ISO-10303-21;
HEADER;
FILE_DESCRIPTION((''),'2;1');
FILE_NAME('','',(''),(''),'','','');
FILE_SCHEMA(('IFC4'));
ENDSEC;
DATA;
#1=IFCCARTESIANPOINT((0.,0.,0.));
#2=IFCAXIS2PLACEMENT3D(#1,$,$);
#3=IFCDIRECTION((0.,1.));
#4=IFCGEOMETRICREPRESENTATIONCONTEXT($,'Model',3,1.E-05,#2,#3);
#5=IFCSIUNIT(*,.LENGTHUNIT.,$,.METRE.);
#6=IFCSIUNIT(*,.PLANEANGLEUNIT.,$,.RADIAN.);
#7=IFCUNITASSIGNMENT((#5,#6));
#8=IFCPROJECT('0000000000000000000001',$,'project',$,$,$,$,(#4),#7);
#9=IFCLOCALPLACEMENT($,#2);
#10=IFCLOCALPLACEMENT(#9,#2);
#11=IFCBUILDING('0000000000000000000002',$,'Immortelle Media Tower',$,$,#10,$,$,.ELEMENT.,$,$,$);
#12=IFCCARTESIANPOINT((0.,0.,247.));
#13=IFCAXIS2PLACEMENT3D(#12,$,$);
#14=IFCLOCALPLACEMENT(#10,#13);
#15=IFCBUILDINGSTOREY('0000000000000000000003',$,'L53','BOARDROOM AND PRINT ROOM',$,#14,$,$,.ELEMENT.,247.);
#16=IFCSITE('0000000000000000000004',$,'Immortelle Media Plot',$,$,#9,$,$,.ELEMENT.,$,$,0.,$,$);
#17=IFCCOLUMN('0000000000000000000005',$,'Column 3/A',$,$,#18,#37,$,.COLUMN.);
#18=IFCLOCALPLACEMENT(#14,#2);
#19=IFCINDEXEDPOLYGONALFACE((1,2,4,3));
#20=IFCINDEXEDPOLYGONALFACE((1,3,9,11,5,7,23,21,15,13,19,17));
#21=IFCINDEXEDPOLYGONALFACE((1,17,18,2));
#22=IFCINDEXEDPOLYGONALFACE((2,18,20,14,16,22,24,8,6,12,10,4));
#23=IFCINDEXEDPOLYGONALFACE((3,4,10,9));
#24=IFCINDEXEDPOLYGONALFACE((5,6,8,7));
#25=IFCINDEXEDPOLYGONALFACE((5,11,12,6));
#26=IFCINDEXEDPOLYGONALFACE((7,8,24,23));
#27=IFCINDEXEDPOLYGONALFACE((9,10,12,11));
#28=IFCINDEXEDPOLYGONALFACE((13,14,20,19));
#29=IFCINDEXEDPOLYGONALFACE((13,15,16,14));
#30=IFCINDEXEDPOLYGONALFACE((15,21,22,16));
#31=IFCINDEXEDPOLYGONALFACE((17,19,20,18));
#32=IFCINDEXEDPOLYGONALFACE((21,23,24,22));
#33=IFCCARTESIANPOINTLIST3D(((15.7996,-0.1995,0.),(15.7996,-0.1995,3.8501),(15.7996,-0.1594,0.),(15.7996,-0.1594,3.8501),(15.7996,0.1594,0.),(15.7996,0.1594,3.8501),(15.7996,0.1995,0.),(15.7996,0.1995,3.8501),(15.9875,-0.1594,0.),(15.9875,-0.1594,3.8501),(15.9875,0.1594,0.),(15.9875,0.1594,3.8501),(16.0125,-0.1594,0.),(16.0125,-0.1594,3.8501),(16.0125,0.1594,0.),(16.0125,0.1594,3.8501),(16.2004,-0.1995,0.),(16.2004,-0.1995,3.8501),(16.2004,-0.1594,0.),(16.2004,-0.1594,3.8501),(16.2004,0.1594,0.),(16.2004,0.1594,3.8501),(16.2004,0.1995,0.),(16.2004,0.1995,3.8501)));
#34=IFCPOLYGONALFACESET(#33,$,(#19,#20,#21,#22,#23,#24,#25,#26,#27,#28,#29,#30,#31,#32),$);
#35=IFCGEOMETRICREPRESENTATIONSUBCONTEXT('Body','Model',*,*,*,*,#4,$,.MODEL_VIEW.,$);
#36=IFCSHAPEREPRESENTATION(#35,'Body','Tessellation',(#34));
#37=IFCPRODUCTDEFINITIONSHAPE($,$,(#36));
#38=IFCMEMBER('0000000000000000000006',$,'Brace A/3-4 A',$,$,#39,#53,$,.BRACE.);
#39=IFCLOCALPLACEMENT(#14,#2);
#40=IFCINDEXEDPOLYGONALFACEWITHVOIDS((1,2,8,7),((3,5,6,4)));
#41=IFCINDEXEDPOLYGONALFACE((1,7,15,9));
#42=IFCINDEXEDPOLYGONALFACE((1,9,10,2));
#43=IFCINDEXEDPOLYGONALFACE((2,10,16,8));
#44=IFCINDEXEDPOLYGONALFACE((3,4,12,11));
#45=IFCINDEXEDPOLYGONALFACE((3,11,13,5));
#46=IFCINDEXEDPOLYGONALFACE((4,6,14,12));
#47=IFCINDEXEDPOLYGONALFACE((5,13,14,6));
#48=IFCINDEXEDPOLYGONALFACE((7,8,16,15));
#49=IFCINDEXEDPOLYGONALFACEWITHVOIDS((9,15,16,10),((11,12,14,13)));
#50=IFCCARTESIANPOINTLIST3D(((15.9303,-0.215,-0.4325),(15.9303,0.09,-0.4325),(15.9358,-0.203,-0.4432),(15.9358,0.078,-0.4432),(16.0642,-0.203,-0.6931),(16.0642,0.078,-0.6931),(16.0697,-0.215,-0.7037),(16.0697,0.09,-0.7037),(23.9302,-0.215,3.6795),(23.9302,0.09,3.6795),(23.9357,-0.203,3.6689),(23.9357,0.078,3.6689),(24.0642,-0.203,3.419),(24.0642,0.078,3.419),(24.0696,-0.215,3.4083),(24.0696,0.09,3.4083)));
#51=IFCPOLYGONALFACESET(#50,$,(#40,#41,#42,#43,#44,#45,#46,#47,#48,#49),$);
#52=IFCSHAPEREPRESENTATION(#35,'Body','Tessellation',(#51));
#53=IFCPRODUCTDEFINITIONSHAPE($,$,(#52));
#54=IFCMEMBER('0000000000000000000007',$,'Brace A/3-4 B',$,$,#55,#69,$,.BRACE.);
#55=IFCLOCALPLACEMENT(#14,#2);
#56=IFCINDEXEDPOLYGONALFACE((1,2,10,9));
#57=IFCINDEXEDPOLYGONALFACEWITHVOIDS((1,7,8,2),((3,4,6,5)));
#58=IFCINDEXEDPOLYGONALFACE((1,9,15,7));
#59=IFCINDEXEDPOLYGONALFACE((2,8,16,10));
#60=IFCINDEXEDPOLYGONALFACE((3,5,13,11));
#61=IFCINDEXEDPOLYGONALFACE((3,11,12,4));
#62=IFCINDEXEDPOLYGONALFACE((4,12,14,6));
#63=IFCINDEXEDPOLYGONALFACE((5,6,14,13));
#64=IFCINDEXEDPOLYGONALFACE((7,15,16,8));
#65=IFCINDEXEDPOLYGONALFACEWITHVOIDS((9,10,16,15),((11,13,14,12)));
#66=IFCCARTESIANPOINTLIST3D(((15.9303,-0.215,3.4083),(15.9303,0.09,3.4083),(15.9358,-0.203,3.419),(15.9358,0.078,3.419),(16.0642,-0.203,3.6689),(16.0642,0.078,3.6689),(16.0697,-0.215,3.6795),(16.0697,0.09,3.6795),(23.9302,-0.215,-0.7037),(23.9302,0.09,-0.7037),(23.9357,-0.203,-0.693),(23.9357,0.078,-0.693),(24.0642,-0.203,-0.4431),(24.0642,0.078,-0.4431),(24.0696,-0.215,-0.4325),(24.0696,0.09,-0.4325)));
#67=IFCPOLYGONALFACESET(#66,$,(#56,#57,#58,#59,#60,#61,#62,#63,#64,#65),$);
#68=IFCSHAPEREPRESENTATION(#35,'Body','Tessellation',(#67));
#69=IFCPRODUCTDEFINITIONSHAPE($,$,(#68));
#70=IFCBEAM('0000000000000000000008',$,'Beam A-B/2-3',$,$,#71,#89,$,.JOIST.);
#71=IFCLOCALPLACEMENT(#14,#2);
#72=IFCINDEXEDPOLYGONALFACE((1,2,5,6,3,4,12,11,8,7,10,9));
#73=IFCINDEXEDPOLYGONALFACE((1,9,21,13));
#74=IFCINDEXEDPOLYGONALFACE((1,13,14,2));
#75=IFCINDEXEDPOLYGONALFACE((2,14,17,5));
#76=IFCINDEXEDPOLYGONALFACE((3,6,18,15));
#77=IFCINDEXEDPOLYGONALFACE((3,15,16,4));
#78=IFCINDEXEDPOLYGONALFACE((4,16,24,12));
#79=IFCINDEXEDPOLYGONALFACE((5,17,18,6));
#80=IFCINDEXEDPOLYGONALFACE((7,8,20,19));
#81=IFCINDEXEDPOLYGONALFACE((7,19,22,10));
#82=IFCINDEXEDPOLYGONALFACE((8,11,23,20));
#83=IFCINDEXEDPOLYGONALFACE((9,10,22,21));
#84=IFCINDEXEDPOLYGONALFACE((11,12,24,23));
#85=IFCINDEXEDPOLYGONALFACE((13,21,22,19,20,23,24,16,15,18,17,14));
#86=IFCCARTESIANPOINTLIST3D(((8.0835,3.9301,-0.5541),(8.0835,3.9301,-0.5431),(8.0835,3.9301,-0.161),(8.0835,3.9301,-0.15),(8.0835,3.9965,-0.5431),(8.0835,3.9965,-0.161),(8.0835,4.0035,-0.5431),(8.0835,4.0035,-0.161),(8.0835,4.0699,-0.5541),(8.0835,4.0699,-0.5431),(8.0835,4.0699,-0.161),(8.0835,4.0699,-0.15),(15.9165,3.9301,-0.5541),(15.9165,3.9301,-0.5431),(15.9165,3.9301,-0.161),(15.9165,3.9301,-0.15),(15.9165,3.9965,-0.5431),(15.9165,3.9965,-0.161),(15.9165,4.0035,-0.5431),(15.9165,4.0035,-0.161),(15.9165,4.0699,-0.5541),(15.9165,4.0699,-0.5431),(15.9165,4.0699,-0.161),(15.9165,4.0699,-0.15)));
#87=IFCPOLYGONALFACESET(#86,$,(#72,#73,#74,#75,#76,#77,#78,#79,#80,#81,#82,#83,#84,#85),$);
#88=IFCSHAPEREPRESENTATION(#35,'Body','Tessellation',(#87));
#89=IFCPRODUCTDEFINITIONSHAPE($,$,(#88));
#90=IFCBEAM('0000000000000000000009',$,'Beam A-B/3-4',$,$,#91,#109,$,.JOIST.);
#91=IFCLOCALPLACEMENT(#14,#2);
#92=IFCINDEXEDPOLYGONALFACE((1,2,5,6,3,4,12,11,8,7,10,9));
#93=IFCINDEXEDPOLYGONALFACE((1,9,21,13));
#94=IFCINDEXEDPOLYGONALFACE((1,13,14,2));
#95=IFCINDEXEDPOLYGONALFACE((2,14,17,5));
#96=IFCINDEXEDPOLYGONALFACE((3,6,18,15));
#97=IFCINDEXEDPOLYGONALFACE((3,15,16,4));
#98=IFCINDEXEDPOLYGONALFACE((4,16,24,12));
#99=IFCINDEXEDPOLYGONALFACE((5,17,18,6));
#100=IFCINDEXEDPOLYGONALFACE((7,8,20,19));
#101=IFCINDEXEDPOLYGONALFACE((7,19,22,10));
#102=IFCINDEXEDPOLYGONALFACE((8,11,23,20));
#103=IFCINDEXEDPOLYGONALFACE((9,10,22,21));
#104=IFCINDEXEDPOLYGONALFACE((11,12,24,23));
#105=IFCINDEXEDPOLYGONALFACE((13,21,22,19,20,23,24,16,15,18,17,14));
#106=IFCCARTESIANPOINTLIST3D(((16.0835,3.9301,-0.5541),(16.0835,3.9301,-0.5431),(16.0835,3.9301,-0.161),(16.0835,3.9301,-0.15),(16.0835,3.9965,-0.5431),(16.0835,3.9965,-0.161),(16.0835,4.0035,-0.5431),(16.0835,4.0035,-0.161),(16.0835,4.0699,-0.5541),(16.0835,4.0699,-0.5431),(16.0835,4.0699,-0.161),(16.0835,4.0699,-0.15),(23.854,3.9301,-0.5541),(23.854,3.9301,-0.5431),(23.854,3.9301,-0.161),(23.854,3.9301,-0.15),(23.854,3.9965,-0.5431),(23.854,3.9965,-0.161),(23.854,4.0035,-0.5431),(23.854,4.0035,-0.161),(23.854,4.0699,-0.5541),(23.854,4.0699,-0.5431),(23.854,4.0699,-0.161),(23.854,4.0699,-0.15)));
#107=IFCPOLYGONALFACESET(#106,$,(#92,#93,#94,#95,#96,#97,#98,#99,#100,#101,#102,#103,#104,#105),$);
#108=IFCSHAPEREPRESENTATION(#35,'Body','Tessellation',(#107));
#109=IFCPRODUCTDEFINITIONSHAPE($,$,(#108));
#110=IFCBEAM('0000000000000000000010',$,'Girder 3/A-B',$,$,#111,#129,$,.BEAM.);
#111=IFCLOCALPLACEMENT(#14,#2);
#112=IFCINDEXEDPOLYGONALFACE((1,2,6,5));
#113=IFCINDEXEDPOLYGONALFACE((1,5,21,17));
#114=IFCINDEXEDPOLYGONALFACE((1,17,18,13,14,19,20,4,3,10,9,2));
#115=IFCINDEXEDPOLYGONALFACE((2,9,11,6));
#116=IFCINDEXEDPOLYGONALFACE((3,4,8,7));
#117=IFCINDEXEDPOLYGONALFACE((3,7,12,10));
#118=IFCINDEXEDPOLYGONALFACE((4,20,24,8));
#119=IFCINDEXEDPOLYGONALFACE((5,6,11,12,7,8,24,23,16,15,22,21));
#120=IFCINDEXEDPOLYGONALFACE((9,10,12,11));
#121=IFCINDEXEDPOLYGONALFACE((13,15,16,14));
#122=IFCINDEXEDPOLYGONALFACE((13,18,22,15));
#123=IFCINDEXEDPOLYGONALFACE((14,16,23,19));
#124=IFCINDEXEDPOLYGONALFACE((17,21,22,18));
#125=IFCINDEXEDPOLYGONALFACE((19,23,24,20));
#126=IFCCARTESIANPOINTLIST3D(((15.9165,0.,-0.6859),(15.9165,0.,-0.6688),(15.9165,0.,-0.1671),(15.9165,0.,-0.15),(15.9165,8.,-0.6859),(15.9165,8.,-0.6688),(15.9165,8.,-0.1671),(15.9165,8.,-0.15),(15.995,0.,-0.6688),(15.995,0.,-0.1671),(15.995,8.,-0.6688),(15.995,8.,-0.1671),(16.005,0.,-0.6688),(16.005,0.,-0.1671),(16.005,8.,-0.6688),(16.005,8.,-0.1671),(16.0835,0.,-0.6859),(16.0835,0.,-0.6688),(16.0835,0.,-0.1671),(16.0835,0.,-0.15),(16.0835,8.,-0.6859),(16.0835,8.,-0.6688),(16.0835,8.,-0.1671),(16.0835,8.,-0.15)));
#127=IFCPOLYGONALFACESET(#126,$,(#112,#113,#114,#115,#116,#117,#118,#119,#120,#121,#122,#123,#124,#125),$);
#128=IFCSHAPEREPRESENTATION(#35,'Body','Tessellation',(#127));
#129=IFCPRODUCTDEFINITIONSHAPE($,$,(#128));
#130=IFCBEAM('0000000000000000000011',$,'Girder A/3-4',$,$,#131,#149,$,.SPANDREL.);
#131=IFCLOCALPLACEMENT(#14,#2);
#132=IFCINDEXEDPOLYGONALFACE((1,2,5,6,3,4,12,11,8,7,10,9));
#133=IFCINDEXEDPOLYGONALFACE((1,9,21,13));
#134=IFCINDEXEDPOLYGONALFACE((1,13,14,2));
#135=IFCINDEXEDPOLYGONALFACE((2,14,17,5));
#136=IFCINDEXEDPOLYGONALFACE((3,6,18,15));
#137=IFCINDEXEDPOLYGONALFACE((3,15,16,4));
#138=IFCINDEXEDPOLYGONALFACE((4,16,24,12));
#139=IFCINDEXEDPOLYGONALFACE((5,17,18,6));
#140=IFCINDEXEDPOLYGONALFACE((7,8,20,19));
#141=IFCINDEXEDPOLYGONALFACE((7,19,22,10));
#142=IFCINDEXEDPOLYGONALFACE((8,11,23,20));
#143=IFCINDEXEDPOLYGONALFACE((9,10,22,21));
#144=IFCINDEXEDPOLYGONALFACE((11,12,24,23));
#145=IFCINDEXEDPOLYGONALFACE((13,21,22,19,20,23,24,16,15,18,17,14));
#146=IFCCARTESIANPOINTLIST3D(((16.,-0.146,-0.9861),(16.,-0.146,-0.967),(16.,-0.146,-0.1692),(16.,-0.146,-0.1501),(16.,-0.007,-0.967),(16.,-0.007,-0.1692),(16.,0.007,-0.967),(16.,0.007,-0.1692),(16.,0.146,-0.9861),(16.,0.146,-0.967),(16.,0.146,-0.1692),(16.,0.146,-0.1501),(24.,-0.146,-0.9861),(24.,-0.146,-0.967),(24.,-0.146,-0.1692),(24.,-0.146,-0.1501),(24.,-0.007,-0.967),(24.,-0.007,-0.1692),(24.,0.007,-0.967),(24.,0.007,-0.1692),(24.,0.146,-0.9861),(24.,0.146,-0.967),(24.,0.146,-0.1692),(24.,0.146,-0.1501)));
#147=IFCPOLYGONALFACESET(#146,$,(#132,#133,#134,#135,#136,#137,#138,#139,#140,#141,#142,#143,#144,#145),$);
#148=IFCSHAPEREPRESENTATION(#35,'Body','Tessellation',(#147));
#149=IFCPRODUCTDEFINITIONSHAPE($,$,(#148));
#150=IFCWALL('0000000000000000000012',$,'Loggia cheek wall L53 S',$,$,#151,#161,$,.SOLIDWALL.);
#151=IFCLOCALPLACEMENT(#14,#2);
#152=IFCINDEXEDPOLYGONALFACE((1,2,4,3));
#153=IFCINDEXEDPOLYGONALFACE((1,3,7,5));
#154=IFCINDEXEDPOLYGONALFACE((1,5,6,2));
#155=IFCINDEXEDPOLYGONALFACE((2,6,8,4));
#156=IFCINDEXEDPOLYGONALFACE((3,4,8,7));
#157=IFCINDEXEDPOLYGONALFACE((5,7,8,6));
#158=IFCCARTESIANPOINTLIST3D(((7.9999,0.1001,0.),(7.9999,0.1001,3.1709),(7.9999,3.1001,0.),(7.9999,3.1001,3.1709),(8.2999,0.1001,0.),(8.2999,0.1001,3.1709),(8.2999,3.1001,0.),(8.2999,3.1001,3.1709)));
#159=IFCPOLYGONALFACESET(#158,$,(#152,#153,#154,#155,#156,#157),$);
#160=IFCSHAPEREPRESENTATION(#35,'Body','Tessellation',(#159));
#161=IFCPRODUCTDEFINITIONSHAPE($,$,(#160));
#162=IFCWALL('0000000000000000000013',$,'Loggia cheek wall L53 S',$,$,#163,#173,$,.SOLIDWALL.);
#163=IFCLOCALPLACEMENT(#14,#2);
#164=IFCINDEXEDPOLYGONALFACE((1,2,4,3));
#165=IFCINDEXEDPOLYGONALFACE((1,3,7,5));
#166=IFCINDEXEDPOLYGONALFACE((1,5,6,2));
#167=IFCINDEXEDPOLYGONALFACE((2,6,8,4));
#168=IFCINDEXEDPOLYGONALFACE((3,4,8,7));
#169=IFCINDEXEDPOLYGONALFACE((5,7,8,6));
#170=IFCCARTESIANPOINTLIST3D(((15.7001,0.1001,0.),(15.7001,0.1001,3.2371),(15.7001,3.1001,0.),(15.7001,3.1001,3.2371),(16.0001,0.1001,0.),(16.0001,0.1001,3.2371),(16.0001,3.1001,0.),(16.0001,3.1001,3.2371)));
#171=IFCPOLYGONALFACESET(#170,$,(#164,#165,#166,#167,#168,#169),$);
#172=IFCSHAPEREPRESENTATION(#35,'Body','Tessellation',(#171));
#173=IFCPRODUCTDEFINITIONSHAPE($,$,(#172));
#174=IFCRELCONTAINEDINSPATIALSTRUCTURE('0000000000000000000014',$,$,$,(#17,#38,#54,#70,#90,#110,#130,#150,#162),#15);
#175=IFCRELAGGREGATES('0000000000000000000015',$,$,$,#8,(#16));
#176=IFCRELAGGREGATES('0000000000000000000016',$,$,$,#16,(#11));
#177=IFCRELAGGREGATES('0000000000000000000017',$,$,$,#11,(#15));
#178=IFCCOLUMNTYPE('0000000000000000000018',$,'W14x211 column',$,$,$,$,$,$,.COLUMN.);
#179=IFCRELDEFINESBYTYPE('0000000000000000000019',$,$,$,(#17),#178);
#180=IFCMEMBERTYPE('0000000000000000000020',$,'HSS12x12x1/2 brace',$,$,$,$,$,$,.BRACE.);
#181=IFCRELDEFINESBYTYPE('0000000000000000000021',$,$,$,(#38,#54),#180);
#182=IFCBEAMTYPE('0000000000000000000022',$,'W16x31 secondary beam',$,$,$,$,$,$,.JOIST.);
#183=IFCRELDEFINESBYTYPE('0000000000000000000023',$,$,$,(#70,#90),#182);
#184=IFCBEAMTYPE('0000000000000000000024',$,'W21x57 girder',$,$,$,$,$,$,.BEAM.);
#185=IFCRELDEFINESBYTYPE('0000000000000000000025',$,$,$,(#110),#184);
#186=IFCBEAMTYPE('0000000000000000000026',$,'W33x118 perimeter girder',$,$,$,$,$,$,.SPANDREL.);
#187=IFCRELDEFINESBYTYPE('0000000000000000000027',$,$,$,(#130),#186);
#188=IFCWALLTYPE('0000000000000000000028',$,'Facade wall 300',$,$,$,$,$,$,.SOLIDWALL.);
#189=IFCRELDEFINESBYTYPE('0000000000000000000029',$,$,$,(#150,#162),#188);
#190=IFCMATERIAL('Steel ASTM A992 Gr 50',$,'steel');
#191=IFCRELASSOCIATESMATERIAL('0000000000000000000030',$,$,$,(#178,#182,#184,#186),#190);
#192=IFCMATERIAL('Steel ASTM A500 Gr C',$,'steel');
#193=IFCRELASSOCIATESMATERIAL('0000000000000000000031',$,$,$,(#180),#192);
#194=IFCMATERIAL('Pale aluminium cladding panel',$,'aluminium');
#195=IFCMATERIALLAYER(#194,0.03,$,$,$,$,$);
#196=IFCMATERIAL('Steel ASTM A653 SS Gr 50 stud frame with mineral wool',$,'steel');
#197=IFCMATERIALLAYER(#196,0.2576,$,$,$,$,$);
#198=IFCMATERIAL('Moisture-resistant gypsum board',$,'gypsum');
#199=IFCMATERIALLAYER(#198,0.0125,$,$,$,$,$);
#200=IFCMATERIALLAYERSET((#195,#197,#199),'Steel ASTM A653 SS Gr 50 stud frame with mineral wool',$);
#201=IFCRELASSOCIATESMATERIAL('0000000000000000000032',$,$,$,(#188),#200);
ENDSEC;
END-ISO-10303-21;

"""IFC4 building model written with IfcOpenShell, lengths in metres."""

from ifc_helpers import new_model, si_unit, direction, frame, frame_2d, origin, origin_2d, place, context, subcontext, project, spatial, rectangle, hollow_rectangle, i_section, extrude, material, layer, layer_set, material_profile, profile_set, type_object, element, save


model = new_model("IFC4")

# Units and contexts
model_context = context("Model", 3, precision=1e-05, world=origin(), true_north=direction((0.0, 1.0)))
body_context = subcontext(model_context, "Body", "Model", "MODEL_VIEW")
ifc_project = project(units=[si_unit("LENGTHUNIT", "METRE"), si_unit("PLANEANGLEUNIT", "RADIAN")], contexts=[model_context])

# Site, building, storey
site_placement = place(None, origin())
site = spatial("IfcSite", under=ifc_project, at=site_placement, Name="Immortelle Media Plot", CompositionType="ELEMENT", RefElevation=0.0)
building_placement = place(site_placement, origin())
building = spatial("IfcBuilding", under=site, at=building_placement, Name="Immortelle Media Tower", CompositionType="ELEMENT")
storey_placement = place(building_placement, frame((0.0, 0.0, 247.0)))
storey = spatial("IfcBuildingStorey", under=building, at=storey_placement, Name="L53", Description="BOARDROOM AND PRINT ROOM", CompositionType="ELEMENT", Elevation=247.0)

# Column
ifc_material_1 = material(Name="Steel ASTM A992 Gr 50", Category="steel")
ifc_material_profile_1 = material_profile(ifc_material_1, i_section(OverallWidth=0.4009, OverallDepth=0.3989, WebThickness=0.0249, FlangeThickness=0.04, at=origin_2d()), Name="W14x211")
ifc_profile_set_1 = profile_set([ifc_material_profile_1], Name="Steel ASTM A992 Gr 50")
column_type = type_object("IfcColumnType", Name="W14x211 column", PredefinedType="COLUMN", material=ifc_profile_set_1)
column_placement = place(storey_placement, frame((16.0, 0.0, 0.0), z_axis=(0.0, 0.0, 1.0), x_axis=(1.0, 0.0, 0.0)))
element("IfcColumn", 1, at=column_placement, inside=storey, type_object=column_type, Name="Column 3/A", PredefinedType="COLUMN", context=body_context, shape_type="SweptSolid", body=[
    extrude(i_section(OverallWidth=0.4009, OverallDepth=0.3989, WebThickness=0.0249, FlangeThickness=0.04, at=origin_2d()), origin(), (0.0, 0.0, 1.0), 3.8501),
])

# Members
ifc_material_2 = material(Name="Steel ASTM A500 Gr C", Category="steel")
ifc_material_profile_2 = material_profile(ifc_material_2, hollow_rectangle(XDim=0.3049, YDim=0.3049, WallThickness=0.012, at=origin_2d()), Name="HSS12x12x1/2 brace")
ifc_profile_set_2 = profile_set([ifc_material_profile_2], Name="Steel ASTM A500 Gr C")
member_type = type_object("IfcMemberType", Name="HSS12x12x1/2 brace", PredefinedType="BRACE", material=ifc_profile_set_2)
for number, where, z_axis, x_axis, name in (
    (2, (16.0, -0.0625, -0.5681), (0.889388, 0.0, 0.457152), (0.0, 1.0, 0.0), "Brace A/3-4 A"),
    (3, (16.0, -0.0625, 3.5439), (0.889388, 0.0, -0.457152), (0.0, 1.0, 0.0), "Brace A/3-4 B"),
):
    element("IfcMember", number, at=place(storey_placement, frame(where, z_axis=z_axis, x_axis=x_axis)), inside=storey, type_object=member_type, Name=name, PredefinedType="BRACE", context=body_context, shape_type="SweptSolid", body=[
        extrude(hollow_rectangle(XDim=0.3049, YDim=0.3049, WallThickness=0.012, at=origin_2d()), origin(), (0.0, 0.0, 1.0), 8.9949),
    ])

# Beams
ifc_material_profile_3 = material_profile(ifc_material_1, i_section(OverallWidth=0.1399, OverallDepth=0.4041, WebThickness=0.0071, FlangeThickness=0.011, at=origin_2d()), Name="W16x31")
ifc_profile_set_3 = profile_set([ifc_material_profile_3], Name="Steel ASTM A992 Gr 50")
beam_type_1 = type_object("IfcBeamType", Name="W16x31 secondary beam", PredefinedType="JOIST", material=ifc_profile_set_3)
beam_1_placement = place(storey_placement, frame((8.0835, 4.0, -0.3521), z_axis=(1.0, 0.0, 0.0), x_axis=(0.0, 1.0, 0.0)))
element("IfcBeam", 4, at=beam_1_placement, inside=storey, type_object=beam_type_1, Name="Beam A-B/2-3", PredefinedType="JOIST", context=body_context, shape_type="SweptSolid", body=[
    extrude(i_section(OverallWidth=0.1399, OverallDepth=0.4041, WebThickness=0.0071, FlangeThickness=0.011, at=origin_2d()), origin(), (0.0, 0.0, 1.0), 7.833),
])
beam_2_placement = place(storey_placement, frame((16.0835, 4.0, -0.3521), z_axis=(1.0, 0.0, 0.0), x_axis=(0.0, 1.0, 0.0)))
element("IfcBeam", 5, at=beam_2_placement, inside=storey, type_object=beam_type_1, Name="Beam A-B/3-4", PredefinedType="JOIST", context=body_context, shape_type="SweptSolid", body=[
    extrude(i_section(OverallWidth=0.1399, OverallDepth=0.4041, WebThickness=0.0071, FlangeThickness=0.011, at=origin_2d()), origin(), (0.0, 0.0, 1.0), 7.7705),
])
ifc_material_profile_4 = material_profile(ifc_material_1, i_section(OverallWidth=0.167, OverallDepth=0.5359, WebThickness=0.01, FlangeThickness=0.0171, at=origin_2d()), Name="W21x57")
ifc_profile_set_4 = profile_set([ifc_material_profile_4], Name="Steel ASTM A992 Gr 50")
beam_type_2 = type_object("IfcBeamType", Name="W21x57 girder", PredefinedType="BEAM", material=ifc_profile_set_4)
beam_3_placement = place(storey_placement, frame((16.0, 0.0, -0.418), z_axis=(0.0, 1.0, 0.0), x_axis=(-1.0, 0.0, 0.0)))
element("IfcBeam", 6, at=beam_3_placement, inside=storey, type_object=beam_type_2, Name="Girder 3/A-B", PredefinedType="BEAM", context=body_context, shape_type="SweptSolid", body=[
    extrude(i_section(OverallWidth=0.167, OverallDepth=0.5359, WebThickness=0.01, FlangeThickness=0.0171, at=origin_2d()), origin(), (0.0, 0.0, 1.0), 8.0),
])
ifc_material_profile_5 = material_profile(ifc_material_1, i_section(OverallWidth=0.292, OverallDepth=0.8359, WebThickness=0.0139, FlangeThickness=0.019, at=origin_2d()), Name="W33x118")
ifc_profile_set_5 = profile_set([ifc_material_profile_5], Name="Steel ASTM A992 Gr 50")
beam_type_3 = type_object("IfcBeamType", Name="W33x118 perimeter girder", PredefinedType="SPANDREL", material=ifc_profile_set_5)
beam_4_placement = place(storey_placement, frame((16.0, 0.0, -0.5681), z_axis=(1.0, 0.0, 0.0), x_axis=(0.0, 1.0, 0.0)))
element("IfcBeam", 7, at=beam_4_placement, inside=storey, type_object=beam_type_3, Name="Girder A/3-4", PredefinedType="SPANDREL", context=body_context, shape_type="SweptSolid", body=[
    extrude(i_section(OverallWidth=0.292, OverallDepth=0.8359, WebThickness=0.0139, FlangeThickness=0.019, at=origin_2d()), origin(), (0.0, 0.0, 1.0), 8.0),
])

# Shared definitions
ifc_material_3 = material(Name="Pale aluminium cladding panel", Category="aluminium")
ifc_layer_1 = layer(ifc_material_3, 0.03)
ifc_material_4 = material(Name="Steel ASTM A653 SS Gr 50 stud frame with mineral wool", Category="steel")
ifc_layer_2 = layer(ifc_material_4, 0.2576)
ifc_material_5 = material(Name="Moisture-resistant gypsum board", Category="gypsum")
ifc_layer_3 = layer(ifc_material_5, 0.0125)
ifc_layer_set_1 = layer_set([ifc_layer_1, ifc_layer_2, ifc_layer_3], Name="Steel ASTM A653 SS Gr 50 stud frame with mineral wool")
wall_type_1 = type_object("IfcWallType", Name="Facade wall 300", PredefinedType="SOLIDWALL", material=ifc_layer_set_1)

# Walls
wall_1_placement = place(storey_placement, frame((8.1499, 0.1001, 0.0), z_axis=(0.0, 0.0, 1.0), x_axis=(0.0, 1.0, 0.0)))
element("IfcWall", 8, at=wall_1_placement, inside=storey, type_object=wall_type_1, Name="Loggia cheek wall L53 S", PredefinedType="SOLIDWALL", context=body_context, shape_type="SweptSolid", body=[
    extrude(rectangle(XDim=3.0, YDim=0.3, at=frame_2d((1.5, 0.0))), origin(), (0.0, 0.0, 1.0), 3.1709),
])
wall_2_placement = place(storey_placement, frame((15.8501, 0.1001, 0.0), z_axis=(0.0, 0.0, 1.0), x_axis=(0.0, 1.0, 0.0)))
element("IfcWall", 9, at=wall_2_placement, inside=storey, type_object=wall_type_1, Name="Loggia cheek wall L53 S", PredefinedType="SOLIDWALL", context=body_context, shape_type="SweptSolid", body=[
    extrude(rectangle(XDim=3.0, YDim=0.3, at=frame_2d((1.5, 0.0))), origin(), (0.0, 0.0, 1.0), 3.2371),
])

save(model, "model.ifc")
